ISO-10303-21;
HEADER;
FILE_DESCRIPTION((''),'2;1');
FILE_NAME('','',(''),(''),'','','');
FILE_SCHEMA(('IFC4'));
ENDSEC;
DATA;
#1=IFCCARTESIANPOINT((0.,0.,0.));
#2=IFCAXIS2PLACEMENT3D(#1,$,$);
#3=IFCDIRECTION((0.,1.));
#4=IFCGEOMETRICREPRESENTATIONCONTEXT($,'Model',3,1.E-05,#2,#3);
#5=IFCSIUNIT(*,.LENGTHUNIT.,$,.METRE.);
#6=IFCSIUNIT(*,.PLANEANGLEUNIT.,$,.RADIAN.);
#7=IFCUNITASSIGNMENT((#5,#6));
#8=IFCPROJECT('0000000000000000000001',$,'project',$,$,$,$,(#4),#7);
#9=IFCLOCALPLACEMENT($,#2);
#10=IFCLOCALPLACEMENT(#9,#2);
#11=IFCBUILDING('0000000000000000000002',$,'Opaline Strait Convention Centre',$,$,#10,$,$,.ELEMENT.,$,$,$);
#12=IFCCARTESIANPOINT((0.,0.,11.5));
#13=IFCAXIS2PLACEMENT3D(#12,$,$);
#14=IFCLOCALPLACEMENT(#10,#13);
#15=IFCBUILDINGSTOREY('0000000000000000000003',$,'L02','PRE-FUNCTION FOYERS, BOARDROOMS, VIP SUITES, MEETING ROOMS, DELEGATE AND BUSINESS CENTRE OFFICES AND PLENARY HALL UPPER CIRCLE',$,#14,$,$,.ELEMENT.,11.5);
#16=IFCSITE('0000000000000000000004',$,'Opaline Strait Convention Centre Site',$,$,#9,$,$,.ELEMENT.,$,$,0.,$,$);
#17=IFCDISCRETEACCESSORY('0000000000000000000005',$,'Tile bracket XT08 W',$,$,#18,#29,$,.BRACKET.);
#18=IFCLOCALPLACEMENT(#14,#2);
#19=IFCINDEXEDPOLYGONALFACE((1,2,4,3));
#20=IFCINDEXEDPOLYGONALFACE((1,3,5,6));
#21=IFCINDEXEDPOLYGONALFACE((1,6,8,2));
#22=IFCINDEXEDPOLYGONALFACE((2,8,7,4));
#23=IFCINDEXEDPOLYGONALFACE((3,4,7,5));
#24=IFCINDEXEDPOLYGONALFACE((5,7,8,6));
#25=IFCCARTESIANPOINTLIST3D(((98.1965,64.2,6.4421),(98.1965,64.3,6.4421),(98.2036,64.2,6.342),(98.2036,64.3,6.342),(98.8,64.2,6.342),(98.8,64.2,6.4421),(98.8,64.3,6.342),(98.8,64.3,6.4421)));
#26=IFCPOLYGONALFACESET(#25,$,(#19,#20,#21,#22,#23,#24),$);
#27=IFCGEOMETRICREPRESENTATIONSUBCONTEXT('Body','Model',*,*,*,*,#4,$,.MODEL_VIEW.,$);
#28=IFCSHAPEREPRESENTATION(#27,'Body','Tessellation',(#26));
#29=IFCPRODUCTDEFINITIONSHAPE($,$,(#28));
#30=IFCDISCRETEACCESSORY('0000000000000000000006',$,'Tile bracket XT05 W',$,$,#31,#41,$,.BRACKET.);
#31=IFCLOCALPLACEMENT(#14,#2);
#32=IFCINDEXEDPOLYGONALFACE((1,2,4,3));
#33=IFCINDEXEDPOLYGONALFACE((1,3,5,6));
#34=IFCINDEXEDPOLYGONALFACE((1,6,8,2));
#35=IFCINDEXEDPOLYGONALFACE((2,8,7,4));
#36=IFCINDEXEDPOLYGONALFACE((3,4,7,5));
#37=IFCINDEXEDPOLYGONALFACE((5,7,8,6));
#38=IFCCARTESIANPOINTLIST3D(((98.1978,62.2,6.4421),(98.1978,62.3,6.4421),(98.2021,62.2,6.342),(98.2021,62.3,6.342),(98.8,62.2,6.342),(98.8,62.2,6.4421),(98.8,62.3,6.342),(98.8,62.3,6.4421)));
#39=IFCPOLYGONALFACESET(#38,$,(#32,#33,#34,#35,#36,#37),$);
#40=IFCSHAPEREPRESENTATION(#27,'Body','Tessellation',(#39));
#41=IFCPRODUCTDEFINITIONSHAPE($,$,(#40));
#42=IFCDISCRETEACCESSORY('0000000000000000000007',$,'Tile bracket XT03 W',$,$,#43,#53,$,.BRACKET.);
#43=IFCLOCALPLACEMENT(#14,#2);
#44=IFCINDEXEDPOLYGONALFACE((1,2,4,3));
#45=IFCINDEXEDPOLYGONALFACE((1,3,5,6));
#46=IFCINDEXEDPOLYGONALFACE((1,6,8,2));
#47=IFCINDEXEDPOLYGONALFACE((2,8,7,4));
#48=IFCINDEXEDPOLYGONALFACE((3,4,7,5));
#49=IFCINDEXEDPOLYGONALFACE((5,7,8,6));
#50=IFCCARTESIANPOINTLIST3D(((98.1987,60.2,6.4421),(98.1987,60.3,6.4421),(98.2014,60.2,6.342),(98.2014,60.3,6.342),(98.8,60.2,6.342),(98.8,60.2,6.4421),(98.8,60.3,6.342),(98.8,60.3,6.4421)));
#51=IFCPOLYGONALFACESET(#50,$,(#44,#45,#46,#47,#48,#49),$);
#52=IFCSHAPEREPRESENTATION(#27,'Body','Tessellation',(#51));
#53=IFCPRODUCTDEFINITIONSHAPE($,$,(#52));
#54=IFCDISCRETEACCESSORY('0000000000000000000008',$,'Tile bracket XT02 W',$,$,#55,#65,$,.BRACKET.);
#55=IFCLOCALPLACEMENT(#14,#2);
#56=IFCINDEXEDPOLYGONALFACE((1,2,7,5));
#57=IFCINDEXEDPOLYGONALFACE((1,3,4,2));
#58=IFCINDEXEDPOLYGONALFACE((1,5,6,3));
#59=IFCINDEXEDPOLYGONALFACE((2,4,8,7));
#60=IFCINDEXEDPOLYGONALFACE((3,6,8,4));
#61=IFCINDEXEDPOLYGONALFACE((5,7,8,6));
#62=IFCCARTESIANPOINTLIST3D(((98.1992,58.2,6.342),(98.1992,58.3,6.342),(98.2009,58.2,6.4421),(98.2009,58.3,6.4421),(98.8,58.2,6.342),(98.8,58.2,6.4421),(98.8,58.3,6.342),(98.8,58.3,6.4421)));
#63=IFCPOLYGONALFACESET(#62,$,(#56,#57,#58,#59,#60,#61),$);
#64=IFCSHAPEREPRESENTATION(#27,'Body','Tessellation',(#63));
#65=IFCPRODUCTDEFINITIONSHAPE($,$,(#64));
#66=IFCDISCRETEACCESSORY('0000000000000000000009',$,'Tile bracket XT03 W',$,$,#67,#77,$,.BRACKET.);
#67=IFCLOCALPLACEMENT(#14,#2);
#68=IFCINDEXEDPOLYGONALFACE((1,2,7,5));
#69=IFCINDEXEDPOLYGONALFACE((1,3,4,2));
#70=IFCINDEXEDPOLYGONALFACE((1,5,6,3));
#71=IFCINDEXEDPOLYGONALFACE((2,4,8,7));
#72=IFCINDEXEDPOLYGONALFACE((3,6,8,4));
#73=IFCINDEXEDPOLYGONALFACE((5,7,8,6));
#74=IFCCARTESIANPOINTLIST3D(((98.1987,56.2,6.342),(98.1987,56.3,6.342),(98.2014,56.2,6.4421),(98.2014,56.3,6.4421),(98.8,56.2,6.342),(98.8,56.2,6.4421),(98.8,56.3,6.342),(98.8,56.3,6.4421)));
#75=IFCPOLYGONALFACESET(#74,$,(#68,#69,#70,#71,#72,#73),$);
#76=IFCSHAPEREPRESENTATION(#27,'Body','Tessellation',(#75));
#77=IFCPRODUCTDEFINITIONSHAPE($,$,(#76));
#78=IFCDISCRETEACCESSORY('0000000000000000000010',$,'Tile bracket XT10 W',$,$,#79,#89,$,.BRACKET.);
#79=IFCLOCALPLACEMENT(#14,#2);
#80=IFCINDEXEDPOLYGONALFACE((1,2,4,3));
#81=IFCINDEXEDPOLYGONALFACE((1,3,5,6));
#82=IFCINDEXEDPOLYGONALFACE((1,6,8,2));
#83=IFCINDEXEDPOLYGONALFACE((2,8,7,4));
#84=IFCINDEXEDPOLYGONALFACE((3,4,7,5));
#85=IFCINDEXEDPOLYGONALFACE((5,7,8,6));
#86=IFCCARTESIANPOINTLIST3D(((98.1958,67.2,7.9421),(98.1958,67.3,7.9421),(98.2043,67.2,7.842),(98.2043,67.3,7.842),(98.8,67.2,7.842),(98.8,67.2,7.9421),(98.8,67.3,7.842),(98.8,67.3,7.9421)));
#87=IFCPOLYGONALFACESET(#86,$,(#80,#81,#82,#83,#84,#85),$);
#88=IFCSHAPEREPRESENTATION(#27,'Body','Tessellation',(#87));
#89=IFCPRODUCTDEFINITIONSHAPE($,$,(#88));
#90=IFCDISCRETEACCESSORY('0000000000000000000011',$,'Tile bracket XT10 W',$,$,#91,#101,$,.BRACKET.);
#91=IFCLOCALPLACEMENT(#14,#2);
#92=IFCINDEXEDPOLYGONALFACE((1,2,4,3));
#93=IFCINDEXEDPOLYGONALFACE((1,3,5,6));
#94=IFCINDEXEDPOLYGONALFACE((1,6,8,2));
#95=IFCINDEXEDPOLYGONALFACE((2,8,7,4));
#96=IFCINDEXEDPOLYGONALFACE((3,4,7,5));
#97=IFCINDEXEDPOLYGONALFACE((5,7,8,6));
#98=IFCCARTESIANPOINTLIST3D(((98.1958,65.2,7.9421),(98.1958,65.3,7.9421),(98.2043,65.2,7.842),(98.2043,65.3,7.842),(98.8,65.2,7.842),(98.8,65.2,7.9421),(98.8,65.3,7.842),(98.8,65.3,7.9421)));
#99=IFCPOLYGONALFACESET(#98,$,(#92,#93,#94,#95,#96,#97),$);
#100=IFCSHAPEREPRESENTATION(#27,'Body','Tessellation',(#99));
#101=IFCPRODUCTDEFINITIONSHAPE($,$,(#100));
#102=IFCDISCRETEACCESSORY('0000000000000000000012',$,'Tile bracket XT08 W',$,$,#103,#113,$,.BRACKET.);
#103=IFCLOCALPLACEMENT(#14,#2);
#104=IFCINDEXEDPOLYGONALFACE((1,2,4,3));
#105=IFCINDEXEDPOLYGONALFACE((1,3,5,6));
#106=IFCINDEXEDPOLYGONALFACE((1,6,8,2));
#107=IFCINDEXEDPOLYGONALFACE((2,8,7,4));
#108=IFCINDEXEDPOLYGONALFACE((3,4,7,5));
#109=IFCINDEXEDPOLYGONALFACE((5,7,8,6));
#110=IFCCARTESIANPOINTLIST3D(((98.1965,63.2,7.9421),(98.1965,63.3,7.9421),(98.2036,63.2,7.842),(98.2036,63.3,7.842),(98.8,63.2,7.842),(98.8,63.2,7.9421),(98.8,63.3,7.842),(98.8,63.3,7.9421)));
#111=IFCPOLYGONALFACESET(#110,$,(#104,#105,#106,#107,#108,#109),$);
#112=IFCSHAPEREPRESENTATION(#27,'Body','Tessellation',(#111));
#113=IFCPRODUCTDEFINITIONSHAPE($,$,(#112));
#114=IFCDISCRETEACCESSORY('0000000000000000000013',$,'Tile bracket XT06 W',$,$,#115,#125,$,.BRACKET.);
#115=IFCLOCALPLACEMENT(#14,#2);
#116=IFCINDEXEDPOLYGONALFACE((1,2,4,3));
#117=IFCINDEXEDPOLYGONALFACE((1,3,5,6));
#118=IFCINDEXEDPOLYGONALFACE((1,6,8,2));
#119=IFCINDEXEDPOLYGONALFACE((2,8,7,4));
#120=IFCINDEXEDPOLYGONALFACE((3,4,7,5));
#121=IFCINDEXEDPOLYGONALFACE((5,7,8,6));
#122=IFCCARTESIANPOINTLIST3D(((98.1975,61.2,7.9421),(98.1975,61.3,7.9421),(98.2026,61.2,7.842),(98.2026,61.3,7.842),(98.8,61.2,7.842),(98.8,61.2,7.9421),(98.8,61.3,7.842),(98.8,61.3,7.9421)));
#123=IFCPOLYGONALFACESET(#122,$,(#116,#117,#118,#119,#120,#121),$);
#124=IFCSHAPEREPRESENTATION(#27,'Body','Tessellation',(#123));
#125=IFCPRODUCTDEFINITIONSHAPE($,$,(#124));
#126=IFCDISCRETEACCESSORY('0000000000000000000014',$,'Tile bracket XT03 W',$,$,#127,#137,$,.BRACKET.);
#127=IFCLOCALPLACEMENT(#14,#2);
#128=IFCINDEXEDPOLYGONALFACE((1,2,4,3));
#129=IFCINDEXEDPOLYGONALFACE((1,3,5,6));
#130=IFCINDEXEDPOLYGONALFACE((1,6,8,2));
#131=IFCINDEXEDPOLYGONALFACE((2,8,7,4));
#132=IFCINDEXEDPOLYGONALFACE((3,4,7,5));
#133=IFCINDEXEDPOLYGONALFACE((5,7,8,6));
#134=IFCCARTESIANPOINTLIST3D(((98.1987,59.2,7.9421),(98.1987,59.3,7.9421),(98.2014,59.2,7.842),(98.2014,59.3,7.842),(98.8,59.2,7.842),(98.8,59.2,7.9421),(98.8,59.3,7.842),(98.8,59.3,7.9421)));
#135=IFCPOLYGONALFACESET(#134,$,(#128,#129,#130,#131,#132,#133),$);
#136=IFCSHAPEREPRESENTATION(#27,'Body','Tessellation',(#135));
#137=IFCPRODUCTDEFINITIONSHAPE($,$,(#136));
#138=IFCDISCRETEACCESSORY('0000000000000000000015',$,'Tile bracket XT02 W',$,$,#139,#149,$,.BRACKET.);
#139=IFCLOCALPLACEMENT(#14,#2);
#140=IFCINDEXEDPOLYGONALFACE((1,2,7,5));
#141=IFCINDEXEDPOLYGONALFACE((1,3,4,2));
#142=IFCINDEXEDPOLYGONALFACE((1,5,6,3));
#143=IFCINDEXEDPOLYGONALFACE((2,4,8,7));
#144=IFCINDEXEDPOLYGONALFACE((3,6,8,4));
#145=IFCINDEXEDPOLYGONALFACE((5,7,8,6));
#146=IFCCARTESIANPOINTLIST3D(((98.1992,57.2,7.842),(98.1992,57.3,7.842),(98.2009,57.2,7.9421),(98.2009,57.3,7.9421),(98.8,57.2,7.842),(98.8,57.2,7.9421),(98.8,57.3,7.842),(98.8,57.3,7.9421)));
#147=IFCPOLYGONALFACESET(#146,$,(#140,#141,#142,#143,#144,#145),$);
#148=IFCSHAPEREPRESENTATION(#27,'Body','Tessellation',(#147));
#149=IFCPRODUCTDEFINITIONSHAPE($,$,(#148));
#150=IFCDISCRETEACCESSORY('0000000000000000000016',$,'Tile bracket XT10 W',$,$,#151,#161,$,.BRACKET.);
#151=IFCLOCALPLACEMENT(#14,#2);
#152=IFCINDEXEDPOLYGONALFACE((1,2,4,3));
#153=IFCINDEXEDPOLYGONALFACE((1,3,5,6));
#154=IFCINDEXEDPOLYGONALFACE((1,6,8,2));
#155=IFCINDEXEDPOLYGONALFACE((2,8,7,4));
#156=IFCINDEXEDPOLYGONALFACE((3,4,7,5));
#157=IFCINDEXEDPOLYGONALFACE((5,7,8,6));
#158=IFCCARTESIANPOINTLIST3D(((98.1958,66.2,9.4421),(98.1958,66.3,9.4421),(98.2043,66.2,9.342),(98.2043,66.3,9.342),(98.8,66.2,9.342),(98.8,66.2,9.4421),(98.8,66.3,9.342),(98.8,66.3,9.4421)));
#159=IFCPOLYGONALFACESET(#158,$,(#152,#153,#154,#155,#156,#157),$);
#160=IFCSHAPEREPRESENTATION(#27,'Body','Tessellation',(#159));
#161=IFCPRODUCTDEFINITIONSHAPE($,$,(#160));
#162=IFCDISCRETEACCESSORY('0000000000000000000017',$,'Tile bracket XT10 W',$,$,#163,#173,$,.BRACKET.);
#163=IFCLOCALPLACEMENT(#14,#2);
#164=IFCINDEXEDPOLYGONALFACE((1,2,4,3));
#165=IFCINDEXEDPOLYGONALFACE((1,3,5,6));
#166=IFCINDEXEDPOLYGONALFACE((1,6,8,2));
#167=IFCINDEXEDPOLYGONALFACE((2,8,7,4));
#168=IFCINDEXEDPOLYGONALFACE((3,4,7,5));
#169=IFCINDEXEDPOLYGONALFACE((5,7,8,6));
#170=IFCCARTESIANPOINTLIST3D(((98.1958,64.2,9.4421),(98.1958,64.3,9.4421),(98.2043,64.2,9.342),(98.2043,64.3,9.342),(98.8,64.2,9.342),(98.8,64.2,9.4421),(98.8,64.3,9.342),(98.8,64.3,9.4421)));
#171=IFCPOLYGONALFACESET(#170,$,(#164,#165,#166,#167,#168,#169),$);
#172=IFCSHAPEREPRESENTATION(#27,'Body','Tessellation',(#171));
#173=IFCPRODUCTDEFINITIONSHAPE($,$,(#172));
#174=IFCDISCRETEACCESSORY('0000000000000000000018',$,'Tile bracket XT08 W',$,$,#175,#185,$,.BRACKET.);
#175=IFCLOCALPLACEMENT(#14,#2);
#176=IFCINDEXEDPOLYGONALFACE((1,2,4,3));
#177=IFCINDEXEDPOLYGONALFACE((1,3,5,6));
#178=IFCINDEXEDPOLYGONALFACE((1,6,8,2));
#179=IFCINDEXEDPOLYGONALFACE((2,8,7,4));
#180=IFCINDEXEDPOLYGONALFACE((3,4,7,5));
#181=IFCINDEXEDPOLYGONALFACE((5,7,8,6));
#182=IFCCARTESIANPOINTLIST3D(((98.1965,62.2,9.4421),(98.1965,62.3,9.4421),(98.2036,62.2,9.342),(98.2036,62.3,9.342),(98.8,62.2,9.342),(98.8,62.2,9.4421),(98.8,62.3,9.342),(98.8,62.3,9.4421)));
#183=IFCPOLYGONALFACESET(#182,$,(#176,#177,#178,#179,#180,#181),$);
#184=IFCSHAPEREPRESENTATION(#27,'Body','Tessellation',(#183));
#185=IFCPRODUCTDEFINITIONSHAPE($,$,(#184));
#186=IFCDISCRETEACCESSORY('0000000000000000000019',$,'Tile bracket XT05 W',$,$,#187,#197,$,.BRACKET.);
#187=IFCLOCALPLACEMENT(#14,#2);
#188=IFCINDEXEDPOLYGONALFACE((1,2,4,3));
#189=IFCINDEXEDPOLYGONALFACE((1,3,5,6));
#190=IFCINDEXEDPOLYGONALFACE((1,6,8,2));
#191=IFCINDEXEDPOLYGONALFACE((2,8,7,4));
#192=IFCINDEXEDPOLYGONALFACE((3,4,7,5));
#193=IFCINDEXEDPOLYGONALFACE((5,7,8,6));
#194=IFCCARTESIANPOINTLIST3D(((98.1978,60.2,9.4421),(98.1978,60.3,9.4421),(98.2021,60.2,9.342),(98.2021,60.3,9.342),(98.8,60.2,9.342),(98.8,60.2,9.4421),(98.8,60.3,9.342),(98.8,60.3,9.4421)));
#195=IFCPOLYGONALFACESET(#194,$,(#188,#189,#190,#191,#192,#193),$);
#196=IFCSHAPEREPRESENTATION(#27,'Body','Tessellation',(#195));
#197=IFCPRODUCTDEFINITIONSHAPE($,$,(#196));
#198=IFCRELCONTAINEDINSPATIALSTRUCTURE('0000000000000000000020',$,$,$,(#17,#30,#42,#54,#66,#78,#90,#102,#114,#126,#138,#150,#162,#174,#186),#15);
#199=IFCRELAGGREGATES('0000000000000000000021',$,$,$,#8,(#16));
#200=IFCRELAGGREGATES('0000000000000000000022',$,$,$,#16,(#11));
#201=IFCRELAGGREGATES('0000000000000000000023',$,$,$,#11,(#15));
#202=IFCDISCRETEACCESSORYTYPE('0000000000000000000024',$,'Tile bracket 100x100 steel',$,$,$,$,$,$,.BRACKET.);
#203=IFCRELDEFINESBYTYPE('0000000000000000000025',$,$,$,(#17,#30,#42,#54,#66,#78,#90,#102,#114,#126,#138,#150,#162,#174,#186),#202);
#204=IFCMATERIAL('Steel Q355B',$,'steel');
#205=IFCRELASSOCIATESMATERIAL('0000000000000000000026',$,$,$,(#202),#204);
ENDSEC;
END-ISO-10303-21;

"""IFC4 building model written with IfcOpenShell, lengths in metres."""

from ifc_helpers import new_model, si_unit, direction, frame, origin, place, context, subcontext, project, spatial, polyline, outline, extrude, material, type_object, element, save


model = new_model("IFC4")

# Units and contexts
model_context = context("Model", 3, precision=1e-05, world=origin(), true_north=direction((0.0, 1.0)))
body_context = subcontext(model_context, "Body", "Model", "MODEL_VIEW")
ifc_project = project(units=[si_unit("LENGTHUNIT", "METRE"), si_unit("PLANEANGLEUNIT", "RADIAN")], contexts=[model_context])

# Site, building, storey
site_placement = place(None, origin())
site = spatial("IfcSite", under=ifc_project, at=site_placement, Name="Opaline Strait Convention Centre Site", CompositionType="ELEMENT", RefElevation=0.0)
building_placement = place(site_placement, origin())
building = spatial("IfcBuilding", under=site, at=building_placement, Name="Opaline Strait Convention Centre", CompositionType="ELEMENT")
storey_placement = place(building_placement, frame((0.0, 0.0, 11.5)))
storey = spatial("IfcBuildingStorey", under=building, at=storey_placement, Name="L02", Description="PRE-FUNCTION FOYERS, BOARDROOMS, VIP SUITES, MEETING ROOMS, DELEGATE AND BUSINESS CENTRE OFFICES AND PLENARY HALL UPPER CIRCLE", CompositionType="ELEMENT", Elevation=11.5)

# Shared definitions
ifc_material_1 = material(Name="Steel Q355B", Category="steel")

# Discrete accessories
discrete_accessory_type = type_object("IfcDiscreteAccessoryType", Name="Tile bracket 100x100 steel", PredefinedType="BRACKET", material=ifc_material_1)
discrete_accessory_1_placement = place(storey_placement, frame((98.8, 64.3, 6.3921), z_axis=(0.0, -1.0, 0.0), x_axis=(1.0, 0.0, 0.0)))
element("IfcDiscreteAccessory", 1, at=discrete_accessory_1_placement, inside=storey, type_object=discrete_accessory_type, Name="Tile bracket XT08 W", PredefinedType="BRACKET", context=body_context, shape_type="SweptSolid", body=[
    extrude(outline(polyline([(0.0, -0.05), (0.0, 0.05), (-0.6035, 0.05), (-0.5964, -0.05), (0.0, -0.05)])), origin(), (0.0, 0.0, 1.0), 0.1001),
])
discrete_accessory_2_placement = place(storey_placement, frame((98.8, 62.3, 6.3921), z_axis=(0.0, -1.0, 0.0), x_axis=(1.0, 0.0, 0.0)))
element("IfcDiscreteAccessory", 2, at=discrete_accessory_2_placement, inside=storey, type_object=discrete_accessory_type, Name="Tile bracket XT05 W", PredefinedType="BRACKET", context=body_context, shape_type="SweptSolid", body=[
    extrude(outline(polyline([(0.0, -0.05), (0.0, 0.05), (-0.6023, 0.05), (-0.5979, -0.05), (0.0, -0.05)])), origin(), (0.0, 0.0, 1.0), 0.1001),
])
discrete_accessory_3_placement = place(storey_placement, frame((98.8, 60.3, 6.3921), z_axis=(0.0, -1.0, 0.0), x_axis=(1.0, 0.0, 0.0)))
element("IfcDiscreteAccessory", 3, at=discrete_accessory_3_placement, inside=storey, type_object=discrete_accessory_type, Name="Tile bracket XT03 W", PredefinedType="BRACKET", context=body_context, shape_type="SweptSolid", body=[
    extrude(outline(polyline([(0.0, -0.05), (0.0, 0.05), (-0.6013, 0.05), (-0.5986, -0.05), (0.0, -0.05)])), origin(), (0.0, 0.0, 1.0), 0.1001),
])
discrete_accessory_4_placement = place(storey_placement, frame((98.8, 58.3, 6.3921), z_axis=(0.0, -1.0, 0.0), x_axis=(1.0, 0.0, 0.0)))
element("IfcDiscreteAccessory", 4, at=discrete_accessory_4_placement, inside=storey, type_object=discrete_accessory_type, Name="Tile bracket XT02 W", PredefinedType="BRACKET", context=body_context, shape_type="SweptSolid", body=[
    extrude(outline(polyline([(0.0, -0.05), (0.0, 0.05), (-0.5991, 0.05), (-0.6008, -0.05), (0.0, -0.05)])), origin(), (0.0, 0.0, 1.0), 0.1001),
])
discrete_accessory_5_placement = place(storey_placement, frame((98.8, 56.3, 6.3921), z_axis=(0.0, -1.0, 0.0), x_axis=(1.0, 0.0, 0.0)))
element("IfcDiscreteAccessory", 5, at=discrete_accessory_5_placement, inside=storey, type_object=discrete_accessory_type, Name="Tile bracket XT03 W", PredefinedType="BRACKET", context=body_context, shape_type="SweptSolid", body=[
    extrude(outline(polyline([(0.0, -0.05), (0.0, 0.05), (-0.5986, 0.05), (-0.6013, -0.05), (0.0, -0.05)])), origin(), (0.0, 0.0, 1.0), 0.1001),
])
for number, where, z_axis, x_axis, name in (
    (6, (98.8, 67.3, 7.8921), (0.0, -1.0, 0.0), (1.0, 0.0, 0.0), "Tile bracket XT10 W"),
    (7, (98.8, 65.3, 7.8921), (0.0, -1.0, 0.0), (1.0, 0.0, 0.0), "Tile bracket XT10 W"),
):
    element("IfcDiscreteAccessory", number, at=place(storey_placement, frame(where, z_axis=z_axis, x_axis=x_axis)), inside=storey, type_object=discrete_accessory_type, Name=name, PredefinedType="BRACKET", context=body_context, shape_type="SweptSolid", body=[
        extrude(outline(polyline([(0.0, -0.05), (0.0, 0.05), (-0.6042, 0.05), (-0.5957, -0.05), (0.0, -0.05)])), origin(), (0.0, 0.0, 1.0), 0.1001),
    ])
discrete_accessory_6_placement = place(storey_placement, frame((98.8, 63.3, 7.8921), z_axis=(0.0, -1.0, 0.0), x_axis=(1.0, 0.0, 0.0)))
element("IfcDiscreteAccessory", 8, at=discrete_accessory_6_placement, inside=storey, type_object=discrete_accessory_type, Name="Tile bracket XT08 W", PredefinedType="BRACKET", context=body_context, shape_type="SweptSolid", body=[
    extrude(outline(polyline([(0.0, -0.05), (0.0, 0.05), (-0.6035, 0.05), (-0.5964, -0.05), (0.0, -0.05)])), origin(), (0.0, 0.0, 1.0), 0.1001),
])
discrete_accessory_7_placement = place(storey_placement, frame((98.8, 61.3, 7.8921), z_axis=(0.0, -1.0, 0.0), x_axis=(1.0, 0.0, 0.0)))
element("IfcDiscreteAccessory", 9, at=discrete_accessory_7_placement, inside=storey, type_object=discrete_accessory_type, Name="Tile bracket XT06 W", PredefinedType="BRACKET", context=body_context, shape_type="SweptSolid", body=[
    extrude(outline(polyline([(0.0, -0.05), (0.0, 0.05), (-0.6025, 0.05), (-0.5974, -0.05), (0.0, -0.05)])), origin(), (0.0, 0.0, 1.0), 0.1001),
])
discrete_accessory_8_placement = place(storey_placement, frame((98.8, 59.3, 7.8921), z_axis=(0.0, -1.0, 0.0), x_axis=(1.0, 0.0, 0.0)))
element("IfcDiscreteAccessory", 10, at=discrete_accessory_8_placement, inside=storey, type_object=discrete_accessory_type, Name="Tile bracket XT03 W", PredefinedType="BRACKET", context=body_context, shape_type="SweptSolid", body=[
    extrude(outline(polyline([(0.0, -0.05), (0.0, 0.05), (-0.6013, 0.05), (-0.5986, -0.05), (0.0, -0.05)])), origin(), (0.0, 0.0, 1.0), 0.1001),
])
discrete_accessory_9_placement = place(storey_placement, frame((98.8, 57.3, 7.8921), z_axis=(0.0, -1.0, 0.0), x_axis=(1.0, 0.0, 0.0)))
element("IfcDiscreteAccessory", 11, at=discrete_accessory_9_placement, inside=storey, type_object=discrete_accessory_type, Name="Tile bracket XT02 W", PredefinedType="BRACKET", context=body_context, shape_type="SweptSolid", body=[
    extrude(outline(polyline([(0.0, -0.05), (0.0, 0.05), (-0.5991, 0.05), (-0.6008, -0.05), (0.0, -0.05)])), origin(), (0.0, 0.0, 1.0), 0.1001),
])
for number, where, z_axis, x_axis, name in (
    (12, (98.8, 66.3, 9.3921), (0.0, -1.0, 0.0), (1.0, 0.0, 0.0), "Tile bracket XT10 W"),
    (13, (98.8, 64.3, 9.3921), (0.0, -1.0, 0.0), (1.0, 0.0, 0.0), "Tile bracket XT10 W"),
):
    element("IfcDiscreteAccessory", number, at=place(storey_placement, frame(where, z_axis=z_axis, x_axis=x_axis)), inside=storey, type_object=discrete_accessory_type, Name=name, PredefinedType="BRACKET", context=body_context, shape_type="SweptSolid", body=[
        extrude(outline(polyline([(0.0, -0.05), (0.0, 0.05), (-0.6042, 0.05), (-0.5957, -0.05), (0.0, -0.05)])), origin(), (0.0, 0.0, 1.0), 0.1001),
    ])
discrete_accessory_10_placement = place(storey_placement, frame((98.8, 62.3, 9.3921), z_axis=(0.0, -1.0, 0.0), x_axis=(1.0, 0.0, 0.0)))
element("IfcDiscreteAccessory", 14, at=discrete_accessory_10_placement, inside=storey, type_object=discrete_accessory_type, Name="Tile bracket XT08 W", PredefinedType="BRACKET", context=body_context, shape_type="SweptSolid", body=[
    extrude(outline(polyline([(0.0, -0.05), (0.0, 0.05), (-0.6035, 0.05), (-0.5964, -0.05), (0.0, -0.05)])), origin(), (0.0, 0.0, 1.0), 0.1001),
])
discrete_accessory_11_placement = place(storey_placement, frame((98.8, 60.3, 9.3921), z_axis=(0.0, -1.0, 0.0), x_axis=(1.0, 0.0, 0.0)))
element("IfcDiscreteAccessory", 15, at=discrete_accessory_11_placement, inside=storey, type_object=discrete_accessory_type, Name="Tile bracket XT05 W", PredefinedType="BRACKET", context=body_context, shape_type="SweptSolid", body=[
    extrude(outline(polyline([(0.0, -0.05), (0.0, 0.05), (-0.6023, 0.05), (-0.5979, -0.05), (0.0, -0.05)])), origin(), (0.0, 0.0, 1.0), 0.1001),
])

save(model, "model.ifc")
